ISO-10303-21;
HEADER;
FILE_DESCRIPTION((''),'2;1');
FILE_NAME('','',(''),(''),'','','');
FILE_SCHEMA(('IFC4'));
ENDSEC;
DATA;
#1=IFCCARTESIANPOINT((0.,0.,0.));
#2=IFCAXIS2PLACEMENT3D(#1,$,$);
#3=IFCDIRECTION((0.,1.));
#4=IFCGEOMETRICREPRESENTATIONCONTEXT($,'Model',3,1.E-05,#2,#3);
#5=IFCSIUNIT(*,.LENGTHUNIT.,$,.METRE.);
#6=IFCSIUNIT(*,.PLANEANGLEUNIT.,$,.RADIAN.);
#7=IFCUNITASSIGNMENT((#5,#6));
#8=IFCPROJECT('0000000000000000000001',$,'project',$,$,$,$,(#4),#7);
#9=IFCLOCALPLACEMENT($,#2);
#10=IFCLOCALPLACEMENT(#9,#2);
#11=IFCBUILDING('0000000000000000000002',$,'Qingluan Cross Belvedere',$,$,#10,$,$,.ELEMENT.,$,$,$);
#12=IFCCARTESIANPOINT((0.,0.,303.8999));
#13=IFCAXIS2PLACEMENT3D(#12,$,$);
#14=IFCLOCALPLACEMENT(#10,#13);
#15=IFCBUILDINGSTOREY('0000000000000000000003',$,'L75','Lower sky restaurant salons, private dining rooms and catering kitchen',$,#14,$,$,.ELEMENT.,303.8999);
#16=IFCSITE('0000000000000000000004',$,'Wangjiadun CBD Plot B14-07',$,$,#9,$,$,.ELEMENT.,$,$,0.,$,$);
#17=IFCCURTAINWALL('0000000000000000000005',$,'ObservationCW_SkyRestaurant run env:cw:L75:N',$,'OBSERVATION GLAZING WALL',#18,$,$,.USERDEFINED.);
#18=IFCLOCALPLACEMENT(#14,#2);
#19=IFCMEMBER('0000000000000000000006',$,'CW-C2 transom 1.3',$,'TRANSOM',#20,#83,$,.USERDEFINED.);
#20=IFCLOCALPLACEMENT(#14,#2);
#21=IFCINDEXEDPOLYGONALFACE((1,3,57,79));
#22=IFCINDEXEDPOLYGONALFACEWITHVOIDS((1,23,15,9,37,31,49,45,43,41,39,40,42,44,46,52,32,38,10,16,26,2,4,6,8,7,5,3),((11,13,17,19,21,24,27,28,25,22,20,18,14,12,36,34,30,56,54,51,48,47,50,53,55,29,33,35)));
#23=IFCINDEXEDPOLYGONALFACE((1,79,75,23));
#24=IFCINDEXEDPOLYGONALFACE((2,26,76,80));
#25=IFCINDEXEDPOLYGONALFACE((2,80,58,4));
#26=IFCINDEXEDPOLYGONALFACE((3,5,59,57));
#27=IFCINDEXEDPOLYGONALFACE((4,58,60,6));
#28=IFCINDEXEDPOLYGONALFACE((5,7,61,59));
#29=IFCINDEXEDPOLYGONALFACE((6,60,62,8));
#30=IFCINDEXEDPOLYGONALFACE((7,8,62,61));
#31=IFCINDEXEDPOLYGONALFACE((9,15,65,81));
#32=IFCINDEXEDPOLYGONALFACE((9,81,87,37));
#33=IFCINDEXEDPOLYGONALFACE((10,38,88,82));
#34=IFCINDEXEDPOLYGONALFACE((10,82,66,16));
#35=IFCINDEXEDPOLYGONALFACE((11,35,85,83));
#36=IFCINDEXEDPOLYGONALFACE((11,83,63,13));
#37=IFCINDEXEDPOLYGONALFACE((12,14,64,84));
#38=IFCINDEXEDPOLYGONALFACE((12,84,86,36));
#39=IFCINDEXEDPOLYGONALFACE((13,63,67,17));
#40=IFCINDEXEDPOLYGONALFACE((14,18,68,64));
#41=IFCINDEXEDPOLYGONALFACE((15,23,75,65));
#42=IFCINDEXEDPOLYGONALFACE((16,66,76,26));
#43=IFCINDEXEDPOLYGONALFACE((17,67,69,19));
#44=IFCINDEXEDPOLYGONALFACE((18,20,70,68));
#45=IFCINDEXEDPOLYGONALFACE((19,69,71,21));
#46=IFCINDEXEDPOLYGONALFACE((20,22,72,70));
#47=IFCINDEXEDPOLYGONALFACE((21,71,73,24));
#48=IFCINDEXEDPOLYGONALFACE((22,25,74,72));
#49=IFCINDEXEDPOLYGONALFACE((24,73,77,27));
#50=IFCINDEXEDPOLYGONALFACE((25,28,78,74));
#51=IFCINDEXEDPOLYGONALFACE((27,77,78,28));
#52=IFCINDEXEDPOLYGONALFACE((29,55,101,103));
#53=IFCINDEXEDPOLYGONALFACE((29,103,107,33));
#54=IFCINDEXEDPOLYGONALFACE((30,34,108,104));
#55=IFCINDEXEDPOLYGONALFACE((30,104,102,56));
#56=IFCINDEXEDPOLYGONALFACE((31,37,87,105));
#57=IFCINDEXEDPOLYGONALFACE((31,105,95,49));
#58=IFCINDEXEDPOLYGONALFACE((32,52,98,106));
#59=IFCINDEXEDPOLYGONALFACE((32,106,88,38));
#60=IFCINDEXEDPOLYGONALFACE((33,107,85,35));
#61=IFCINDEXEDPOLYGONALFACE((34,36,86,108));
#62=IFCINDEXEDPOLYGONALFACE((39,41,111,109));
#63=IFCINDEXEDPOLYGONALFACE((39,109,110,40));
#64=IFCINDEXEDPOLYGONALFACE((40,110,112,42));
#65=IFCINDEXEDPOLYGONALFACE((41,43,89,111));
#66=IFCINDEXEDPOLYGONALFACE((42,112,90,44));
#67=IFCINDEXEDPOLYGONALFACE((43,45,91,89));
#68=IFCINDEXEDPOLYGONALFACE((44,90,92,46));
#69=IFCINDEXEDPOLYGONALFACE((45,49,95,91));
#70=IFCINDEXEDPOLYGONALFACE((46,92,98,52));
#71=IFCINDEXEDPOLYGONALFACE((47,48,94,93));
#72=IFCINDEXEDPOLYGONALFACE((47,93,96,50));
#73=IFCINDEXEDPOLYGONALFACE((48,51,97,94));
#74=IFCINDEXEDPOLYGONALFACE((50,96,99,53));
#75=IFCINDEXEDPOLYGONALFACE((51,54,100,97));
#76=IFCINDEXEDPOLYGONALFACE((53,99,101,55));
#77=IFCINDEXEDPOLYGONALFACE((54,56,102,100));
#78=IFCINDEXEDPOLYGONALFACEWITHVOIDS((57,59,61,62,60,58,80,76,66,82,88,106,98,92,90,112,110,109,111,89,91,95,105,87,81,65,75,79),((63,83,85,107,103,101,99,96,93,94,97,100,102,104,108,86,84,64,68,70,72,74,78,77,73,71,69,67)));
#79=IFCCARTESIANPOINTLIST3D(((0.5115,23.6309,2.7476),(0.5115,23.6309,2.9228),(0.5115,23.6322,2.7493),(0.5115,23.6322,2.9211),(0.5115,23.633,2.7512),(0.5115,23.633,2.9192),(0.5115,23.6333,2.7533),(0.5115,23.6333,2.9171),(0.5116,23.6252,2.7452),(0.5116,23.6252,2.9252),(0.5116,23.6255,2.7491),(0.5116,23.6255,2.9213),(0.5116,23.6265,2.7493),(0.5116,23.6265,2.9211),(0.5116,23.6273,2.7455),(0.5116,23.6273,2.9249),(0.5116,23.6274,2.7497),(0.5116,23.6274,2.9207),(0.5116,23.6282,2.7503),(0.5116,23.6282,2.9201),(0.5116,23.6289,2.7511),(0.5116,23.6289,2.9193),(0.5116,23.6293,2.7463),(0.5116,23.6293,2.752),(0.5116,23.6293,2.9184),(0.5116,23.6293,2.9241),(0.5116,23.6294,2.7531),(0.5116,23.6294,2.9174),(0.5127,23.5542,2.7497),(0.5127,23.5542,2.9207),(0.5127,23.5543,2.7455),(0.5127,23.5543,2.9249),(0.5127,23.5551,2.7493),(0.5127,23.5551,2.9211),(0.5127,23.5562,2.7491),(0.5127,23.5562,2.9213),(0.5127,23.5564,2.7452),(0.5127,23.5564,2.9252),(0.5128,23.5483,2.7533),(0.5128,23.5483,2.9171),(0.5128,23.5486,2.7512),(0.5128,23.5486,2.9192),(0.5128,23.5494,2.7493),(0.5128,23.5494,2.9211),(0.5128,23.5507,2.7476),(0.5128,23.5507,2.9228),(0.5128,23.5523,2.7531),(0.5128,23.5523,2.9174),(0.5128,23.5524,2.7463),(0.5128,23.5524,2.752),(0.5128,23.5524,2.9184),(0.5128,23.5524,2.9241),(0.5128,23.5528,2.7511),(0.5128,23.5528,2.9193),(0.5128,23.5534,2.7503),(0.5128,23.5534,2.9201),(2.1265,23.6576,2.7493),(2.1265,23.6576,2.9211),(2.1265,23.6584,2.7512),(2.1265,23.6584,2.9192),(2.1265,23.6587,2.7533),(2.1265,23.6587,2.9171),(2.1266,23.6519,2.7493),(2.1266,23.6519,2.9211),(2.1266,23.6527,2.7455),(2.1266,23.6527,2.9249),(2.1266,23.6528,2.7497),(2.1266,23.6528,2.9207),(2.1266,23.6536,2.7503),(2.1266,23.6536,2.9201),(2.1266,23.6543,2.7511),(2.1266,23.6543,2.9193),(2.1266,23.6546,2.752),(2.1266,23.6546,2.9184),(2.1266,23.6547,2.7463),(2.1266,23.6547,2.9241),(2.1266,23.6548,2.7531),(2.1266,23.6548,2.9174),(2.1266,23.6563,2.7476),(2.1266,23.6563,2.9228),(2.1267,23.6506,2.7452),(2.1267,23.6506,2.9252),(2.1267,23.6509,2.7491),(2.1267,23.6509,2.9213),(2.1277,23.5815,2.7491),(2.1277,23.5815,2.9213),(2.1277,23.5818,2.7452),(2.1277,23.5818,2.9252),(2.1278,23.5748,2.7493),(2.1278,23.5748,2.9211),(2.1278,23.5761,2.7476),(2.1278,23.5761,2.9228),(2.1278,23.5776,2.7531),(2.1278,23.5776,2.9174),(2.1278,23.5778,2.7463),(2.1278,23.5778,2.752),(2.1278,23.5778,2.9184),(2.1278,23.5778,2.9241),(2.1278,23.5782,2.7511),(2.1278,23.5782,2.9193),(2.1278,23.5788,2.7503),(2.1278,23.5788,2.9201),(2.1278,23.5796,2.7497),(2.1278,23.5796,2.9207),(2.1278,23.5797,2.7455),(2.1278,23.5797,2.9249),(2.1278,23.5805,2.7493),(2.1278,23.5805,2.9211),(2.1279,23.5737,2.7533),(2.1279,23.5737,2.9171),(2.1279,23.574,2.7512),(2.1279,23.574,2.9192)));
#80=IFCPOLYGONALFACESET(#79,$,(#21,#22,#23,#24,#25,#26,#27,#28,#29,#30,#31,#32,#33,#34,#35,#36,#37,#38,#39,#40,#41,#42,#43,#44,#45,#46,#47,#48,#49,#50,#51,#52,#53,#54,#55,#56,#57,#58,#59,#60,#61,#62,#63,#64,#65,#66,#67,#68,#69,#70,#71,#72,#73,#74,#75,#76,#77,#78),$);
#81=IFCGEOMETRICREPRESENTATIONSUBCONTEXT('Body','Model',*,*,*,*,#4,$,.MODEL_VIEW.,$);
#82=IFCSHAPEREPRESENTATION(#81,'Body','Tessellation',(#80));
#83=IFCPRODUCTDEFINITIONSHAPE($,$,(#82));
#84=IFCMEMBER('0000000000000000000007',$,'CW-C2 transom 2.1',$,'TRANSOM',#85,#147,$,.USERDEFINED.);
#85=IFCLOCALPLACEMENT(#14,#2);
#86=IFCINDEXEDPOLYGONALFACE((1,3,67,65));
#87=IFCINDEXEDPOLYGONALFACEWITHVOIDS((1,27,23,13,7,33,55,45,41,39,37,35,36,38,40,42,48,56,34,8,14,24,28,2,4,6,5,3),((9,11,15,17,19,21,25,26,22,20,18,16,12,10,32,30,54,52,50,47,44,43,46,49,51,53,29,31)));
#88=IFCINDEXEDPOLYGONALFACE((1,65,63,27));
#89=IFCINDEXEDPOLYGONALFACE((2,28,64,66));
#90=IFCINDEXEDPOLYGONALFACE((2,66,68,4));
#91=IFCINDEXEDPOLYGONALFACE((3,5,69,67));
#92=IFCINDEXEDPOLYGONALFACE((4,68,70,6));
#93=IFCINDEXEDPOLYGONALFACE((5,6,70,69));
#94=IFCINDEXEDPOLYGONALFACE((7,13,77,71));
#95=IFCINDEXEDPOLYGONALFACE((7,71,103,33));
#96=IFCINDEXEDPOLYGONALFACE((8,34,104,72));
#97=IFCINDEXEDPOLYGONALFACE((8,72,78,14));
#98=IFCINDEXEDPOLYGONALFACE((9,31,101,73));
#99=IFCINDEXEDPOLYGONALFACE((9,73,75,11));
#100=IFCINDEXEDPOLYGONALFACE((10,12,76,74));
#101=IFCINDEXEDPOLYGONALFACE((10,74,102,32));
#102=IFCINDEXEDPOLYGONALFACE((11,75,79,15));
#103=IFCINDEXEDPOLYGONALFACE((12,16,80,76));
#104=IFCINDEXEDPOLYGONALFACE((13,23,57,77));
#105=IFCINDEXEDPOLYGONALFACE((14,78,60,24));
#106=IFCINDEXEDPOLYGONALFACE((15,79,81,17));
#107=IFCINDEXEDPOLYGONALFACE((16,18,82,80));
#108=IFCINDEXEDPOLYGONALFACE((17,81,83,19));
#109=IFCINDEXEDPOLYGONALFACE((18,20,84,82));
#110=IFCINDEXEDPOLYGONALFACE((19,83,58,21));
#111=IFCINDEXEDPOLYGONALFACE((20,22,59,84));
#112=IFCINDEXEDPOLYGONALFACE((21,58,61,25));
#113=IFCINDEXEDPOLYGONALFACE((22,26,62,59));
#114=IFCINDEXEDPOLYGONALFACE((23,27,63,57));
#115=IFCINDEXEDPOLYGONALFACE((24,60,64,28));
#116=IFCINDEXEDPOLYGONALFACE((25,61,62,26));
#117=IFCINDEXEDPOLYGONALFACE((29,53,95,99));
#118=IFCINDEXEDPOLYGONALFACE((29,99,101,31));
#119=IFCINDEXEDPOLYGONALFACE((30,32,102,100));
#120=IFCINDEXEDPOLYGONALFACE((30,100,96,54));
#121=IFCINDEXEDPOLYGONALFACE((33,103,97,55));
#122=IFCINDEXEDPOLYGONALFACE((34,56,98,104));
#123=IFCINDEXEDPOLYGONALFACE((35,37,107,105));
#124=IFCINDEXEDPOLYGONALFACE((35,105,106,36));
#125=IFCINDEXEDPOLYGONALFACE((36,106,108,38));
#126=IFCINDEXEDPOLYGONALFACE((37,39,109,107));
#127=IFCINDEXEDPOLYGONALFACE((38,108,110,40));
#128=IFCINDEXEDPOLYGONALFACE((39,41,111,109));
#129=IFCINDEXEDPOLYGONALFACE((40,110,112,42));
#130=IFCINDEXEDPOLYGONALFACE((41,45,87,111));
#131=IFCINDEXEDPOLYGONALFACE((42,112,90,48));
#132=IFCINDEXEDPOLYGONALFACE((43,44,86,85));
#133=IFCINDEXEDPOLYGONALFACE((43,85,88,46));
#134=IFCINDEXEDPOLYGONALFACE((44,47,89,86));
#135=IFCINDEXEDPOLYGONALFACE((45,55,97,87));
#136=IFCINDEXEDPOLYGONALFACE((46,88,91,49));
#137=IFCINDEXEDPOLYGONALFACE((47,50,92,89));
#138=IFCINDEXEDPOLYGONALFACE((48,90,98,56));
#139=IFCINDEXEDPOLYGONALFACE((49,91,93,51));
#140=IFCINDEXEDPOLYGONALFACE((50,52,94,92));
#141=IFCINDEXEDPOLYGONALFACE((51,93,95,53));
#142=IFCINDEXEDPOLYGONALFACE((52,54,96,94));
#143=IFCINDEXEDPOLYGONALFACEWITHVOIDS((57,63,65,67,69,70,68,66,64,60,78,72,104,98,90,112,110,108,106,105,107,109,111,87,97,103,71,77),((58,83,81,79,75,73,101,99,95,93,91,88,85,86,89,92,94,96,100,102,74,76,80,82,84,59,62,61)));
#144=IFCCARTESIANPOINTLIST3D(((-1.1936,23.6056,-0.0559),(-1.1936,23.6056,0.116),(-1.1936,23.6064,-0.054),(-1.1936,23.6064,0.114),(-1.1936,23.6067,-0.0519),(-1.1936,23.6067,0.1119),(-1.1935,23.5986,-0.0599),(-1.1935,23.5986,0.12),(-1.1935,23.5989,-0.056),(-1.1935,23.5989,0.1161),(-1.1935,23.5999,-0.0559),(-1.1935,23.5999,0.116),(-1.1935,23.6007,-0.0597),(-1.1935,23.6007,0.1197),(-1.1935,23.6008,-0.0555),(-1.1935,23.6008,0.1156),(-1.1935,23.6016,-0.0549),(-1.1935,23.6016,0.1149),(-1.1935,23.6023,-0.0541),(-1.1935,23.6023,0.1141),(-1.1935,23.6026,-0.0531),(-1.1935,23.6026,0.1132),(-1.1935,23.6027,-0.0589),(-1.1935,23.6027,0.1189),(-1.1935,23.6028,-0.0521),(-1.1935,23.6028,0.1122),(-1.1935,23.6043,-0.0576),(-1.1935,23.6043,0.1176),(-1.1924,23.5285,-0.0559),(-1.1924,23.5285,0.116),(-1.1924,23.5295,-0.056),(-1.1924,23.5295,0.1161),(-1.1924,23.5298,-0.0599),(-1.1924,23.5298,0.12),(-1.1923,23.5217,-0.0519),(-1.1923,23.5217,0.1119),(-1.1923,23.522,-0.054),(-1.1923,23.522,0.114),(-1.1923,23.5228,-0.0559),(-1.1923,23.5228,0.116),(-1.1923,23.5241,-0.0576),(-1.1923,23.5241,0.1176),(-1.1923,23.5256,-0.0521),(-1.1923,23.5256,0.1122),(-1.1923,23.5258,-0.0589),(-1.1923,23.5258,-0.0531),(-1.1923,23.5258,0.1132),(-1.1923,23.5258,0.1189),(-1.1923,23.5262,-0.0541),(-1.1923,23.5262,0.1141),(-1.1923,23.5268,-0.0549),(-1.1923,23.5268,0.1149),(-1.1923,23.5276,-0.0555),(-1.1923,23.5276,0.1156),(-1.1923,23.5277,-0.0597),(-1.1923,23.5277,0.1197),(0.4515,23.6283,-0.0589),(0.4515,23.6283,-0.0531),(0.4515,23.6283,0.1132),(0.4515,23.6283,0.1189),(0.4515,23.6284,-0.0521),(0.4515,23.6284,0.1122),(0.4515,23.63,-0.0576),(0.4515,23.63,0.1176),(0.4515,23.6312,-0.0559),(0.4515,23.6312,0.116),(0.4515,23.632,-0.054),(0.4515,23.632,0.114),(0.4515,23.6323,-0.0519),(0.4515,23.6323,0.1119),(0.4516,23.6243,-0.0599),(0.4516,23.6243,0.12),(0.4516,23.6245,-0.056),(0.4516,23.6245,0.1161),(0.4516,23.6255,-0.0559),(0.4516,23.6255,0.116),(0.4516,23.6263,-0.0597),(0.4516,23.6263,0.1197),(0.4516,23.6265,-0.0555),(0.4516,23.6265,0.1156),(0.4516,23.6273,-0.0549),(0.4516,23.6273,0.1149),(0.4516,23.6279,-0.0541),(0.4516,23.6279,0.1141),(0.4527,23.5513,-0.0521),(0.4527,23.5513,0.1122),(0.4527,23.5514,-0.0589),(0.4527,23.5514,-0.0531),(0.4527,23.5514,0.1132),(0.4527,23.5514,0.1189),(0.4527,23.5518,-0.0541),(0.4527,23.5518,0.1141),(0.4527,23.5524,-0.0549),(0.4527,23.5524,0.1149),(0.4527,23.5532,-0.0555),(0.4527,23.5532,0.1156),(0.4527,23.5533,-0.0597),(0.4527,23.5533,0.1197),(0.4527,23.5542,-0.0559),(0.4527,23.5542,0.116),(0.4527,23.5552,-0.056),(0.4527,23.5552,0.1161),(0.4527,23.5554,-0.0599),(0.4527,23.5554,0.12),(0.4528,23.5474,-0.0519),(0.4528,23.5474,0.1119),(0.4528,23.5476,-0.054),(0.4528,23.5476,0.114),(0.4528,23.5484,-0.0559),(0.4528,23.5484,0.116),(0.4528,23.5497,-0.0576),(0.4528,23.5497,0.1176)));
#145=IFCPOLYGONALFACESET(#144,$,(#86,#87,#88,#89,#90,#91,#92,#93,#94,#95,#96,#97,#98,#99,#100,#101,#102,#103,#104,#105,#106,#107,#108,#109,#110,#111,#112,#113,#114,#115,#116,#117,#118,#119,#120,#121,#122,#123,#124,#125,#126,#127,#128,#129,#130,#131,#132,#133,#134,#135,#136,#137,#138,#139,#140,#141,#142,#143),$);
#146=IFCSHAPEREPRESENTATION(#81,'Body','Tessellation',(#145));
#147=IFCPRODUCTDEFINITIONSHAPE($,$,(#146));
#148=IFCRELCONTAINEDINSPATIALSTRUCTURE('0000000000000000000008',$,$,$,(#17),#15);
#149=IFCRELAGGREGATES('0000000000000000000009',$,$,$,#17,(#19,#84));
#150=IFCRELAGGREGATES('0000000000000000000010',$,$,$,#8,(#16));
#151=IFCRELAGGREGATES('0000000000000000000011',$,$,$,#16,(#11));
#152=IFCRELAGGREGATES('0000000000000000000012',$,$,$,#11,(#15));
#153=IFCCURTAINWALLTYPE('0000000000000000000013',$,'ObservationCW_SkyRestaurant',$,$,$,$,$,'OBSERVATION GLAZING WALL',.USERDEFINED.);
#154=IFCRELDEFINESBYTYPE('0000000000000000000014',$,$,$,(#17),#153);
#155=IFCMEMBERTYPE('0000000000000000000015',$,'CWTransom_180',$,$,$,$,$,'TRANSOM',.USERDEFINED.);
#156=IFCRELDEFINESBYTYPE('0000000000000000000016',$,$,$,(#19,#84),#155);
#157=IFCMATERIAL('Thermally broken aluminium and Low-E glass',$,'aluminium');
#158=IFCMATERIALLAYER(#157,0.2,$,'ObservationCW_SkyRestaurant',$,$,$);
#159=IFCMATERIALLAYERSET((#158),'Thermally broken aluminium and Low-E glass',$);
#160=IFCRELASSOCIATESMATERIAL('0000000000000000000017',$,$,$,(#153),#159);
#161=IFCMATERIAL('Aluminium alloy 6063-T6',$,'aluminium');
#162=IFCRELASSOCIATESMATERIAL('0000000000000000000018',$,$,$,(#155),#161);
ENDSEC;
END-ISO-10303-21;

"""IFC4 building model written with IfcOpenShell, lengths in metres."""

from ifc_helpers import new_model, si_unit, direction, frame, origin, origin_2d, place, context, subcontext, project, spatial, hollow_rectangle, extrude, material, layer, layer_set, material_profile, profile_set, type_object, element, aggregate, save


model = new_model("IFC4")

# Units and contexts
model_context = context("Model", 3, precision=1e-05, world=origin(), true_north=direction((0.0, 1.0)))
body_context = subcontext(model_context, "Body", "Model", "MODEL_VIEW")
ifc_project = project(units=[si_unit("LENGTHUNIT", "METRE"), si_unit("PLANEANGLEUNIT", "RADIAN")], contexts=[model_context])

# Site, building, storey
site_placement = place(None, origin())
site = spatial("IfcSite", under=ifc_project, at=site_placement, Name="Wangjiadun CBD Plot B14-07", CompositionType="ELEMENT", RefElevation=0.0)
building_placement = place(site_placement, origin())
building = spatial("IfcBuilding", under=site, at=building_placement, Name="Qingluan Cross Belvedere", CompositionType="ELEMENT")
storey_placement = place(building_placement, frame((0.0, 0.0, 303.8999)))
storey = spatial("IfcBuildingStorey", under=building, at=storey_placement, Name="L75", Description="Lower sky restaurant salons, private dining rooms and catering kitchen", CompositionType="ELEMENT", Elevation=303.8999)

# Curtain wall, members
ifc_material_1 = material(Name="Thermally broken aluminium and Low-E glass", Category="aluminium")
ifc_layer_1 = layer(ifc_material_1, 0.2, Name="ObservationCW_SkyRestaurant")
ifc_layer_set_1 = layer_set([ifc_layer_1], Name="Thermally broken aluminium and Low-E glass")
curtain_wall_type = type_object("IfcCurtainWallType", Name="ObservationCW_SkyRestaurant", ElementType="OBSERVATION GLAZING WALL", PredefinedType="USERDEFINED", material=ifc_layer_set_1)
curtain_wall_placement = place(storey_placement, origin())
curtain_wall = element("IfcCurtainWall", 1, at=curtain_wall_placement, inside=storey, type_object=curtain_wall_type, Name="ObservationCW_SkyRestaurant run env:cw:L75:N", ObjectType="OBSERVATION GLAZING WALL", PredefinedType="USERDEFINED")
ifc_material_2 = material(Name="Aluminium alloy 6063-T6", Category="aluminium")
ifc_material_profile_1 = material_profile(ifc_material_2, hollow_rectangle(XDim=0.085, YDim=0.1799, WallThickness=0.0039, InnerFilletRadius=0.0039, OuterFilletRadius=0.0081, at=origin_2d()), Name="CWT180x85x4")
ifc_profile_set_1 = profile_set([ifc_material_profile_1], Name="Aluminium alloy 6063-T6")
member_type_1 = type_object("IfcMemberType", Name="CWTransom_180", ElementType="TRANSOM", PredefinedType="USERDEFINED", material=ifc_profile_set_1)
member_1_placement = place(storey_placement, frame((2.1272, 23.6162, 2.8352), z_axis=(-0.999876, -0.01572, 0.0), x_axis=(0.01572, -0.999876, 0.0)))
member_1 = element("IfcMember", 2, at=member_1_placement, type_object=member_type_1, Name="CW-C2 transom 1.3", ObjectType="TRANSOM", PredefinedType="USERDEFINED", context=body_context, shape_type="SweptSolid", body=[
    extrude(hollow_rectangle(XDim=0.085, YDim=0.1799, WallThickness=0.0039, InnerFilletRadius=0.0039, OuterFilletRadius=0.0081, at=origin_2d()), origin(), (0.0, 0.0, 1.0), 1.6152),
])
member_2_placement = place(storey_placement, frame((0.4521, 23.5898, 0.03), z_axis=(-0.999879, -0.015581, 0.0), x_axis=(0.015581, -0.999879, 0.0)))
member_2 = element("IfcMember", 3, at=member_2_placement, type_object=member_type_1, Name="CW-C2 transom 2.1", ObjectType="TRANSOM", PredefinedType="USERDEFINED", context=body_context, shape_type="SweptSolid", body=[
    extrude(hollow_rectangle(XDim=0.085, YDim=0.1799, WallThickness=0.0039, InnerFilletRadius=0.0039, OuterFilletRadius=0.0081, at=origin_2d()), origin(), (0.0, 0.0, 1.0), 1.6453),
])
aggregate(curtain_wall, [member_1, member_2])

save(model, "model.ifc")
